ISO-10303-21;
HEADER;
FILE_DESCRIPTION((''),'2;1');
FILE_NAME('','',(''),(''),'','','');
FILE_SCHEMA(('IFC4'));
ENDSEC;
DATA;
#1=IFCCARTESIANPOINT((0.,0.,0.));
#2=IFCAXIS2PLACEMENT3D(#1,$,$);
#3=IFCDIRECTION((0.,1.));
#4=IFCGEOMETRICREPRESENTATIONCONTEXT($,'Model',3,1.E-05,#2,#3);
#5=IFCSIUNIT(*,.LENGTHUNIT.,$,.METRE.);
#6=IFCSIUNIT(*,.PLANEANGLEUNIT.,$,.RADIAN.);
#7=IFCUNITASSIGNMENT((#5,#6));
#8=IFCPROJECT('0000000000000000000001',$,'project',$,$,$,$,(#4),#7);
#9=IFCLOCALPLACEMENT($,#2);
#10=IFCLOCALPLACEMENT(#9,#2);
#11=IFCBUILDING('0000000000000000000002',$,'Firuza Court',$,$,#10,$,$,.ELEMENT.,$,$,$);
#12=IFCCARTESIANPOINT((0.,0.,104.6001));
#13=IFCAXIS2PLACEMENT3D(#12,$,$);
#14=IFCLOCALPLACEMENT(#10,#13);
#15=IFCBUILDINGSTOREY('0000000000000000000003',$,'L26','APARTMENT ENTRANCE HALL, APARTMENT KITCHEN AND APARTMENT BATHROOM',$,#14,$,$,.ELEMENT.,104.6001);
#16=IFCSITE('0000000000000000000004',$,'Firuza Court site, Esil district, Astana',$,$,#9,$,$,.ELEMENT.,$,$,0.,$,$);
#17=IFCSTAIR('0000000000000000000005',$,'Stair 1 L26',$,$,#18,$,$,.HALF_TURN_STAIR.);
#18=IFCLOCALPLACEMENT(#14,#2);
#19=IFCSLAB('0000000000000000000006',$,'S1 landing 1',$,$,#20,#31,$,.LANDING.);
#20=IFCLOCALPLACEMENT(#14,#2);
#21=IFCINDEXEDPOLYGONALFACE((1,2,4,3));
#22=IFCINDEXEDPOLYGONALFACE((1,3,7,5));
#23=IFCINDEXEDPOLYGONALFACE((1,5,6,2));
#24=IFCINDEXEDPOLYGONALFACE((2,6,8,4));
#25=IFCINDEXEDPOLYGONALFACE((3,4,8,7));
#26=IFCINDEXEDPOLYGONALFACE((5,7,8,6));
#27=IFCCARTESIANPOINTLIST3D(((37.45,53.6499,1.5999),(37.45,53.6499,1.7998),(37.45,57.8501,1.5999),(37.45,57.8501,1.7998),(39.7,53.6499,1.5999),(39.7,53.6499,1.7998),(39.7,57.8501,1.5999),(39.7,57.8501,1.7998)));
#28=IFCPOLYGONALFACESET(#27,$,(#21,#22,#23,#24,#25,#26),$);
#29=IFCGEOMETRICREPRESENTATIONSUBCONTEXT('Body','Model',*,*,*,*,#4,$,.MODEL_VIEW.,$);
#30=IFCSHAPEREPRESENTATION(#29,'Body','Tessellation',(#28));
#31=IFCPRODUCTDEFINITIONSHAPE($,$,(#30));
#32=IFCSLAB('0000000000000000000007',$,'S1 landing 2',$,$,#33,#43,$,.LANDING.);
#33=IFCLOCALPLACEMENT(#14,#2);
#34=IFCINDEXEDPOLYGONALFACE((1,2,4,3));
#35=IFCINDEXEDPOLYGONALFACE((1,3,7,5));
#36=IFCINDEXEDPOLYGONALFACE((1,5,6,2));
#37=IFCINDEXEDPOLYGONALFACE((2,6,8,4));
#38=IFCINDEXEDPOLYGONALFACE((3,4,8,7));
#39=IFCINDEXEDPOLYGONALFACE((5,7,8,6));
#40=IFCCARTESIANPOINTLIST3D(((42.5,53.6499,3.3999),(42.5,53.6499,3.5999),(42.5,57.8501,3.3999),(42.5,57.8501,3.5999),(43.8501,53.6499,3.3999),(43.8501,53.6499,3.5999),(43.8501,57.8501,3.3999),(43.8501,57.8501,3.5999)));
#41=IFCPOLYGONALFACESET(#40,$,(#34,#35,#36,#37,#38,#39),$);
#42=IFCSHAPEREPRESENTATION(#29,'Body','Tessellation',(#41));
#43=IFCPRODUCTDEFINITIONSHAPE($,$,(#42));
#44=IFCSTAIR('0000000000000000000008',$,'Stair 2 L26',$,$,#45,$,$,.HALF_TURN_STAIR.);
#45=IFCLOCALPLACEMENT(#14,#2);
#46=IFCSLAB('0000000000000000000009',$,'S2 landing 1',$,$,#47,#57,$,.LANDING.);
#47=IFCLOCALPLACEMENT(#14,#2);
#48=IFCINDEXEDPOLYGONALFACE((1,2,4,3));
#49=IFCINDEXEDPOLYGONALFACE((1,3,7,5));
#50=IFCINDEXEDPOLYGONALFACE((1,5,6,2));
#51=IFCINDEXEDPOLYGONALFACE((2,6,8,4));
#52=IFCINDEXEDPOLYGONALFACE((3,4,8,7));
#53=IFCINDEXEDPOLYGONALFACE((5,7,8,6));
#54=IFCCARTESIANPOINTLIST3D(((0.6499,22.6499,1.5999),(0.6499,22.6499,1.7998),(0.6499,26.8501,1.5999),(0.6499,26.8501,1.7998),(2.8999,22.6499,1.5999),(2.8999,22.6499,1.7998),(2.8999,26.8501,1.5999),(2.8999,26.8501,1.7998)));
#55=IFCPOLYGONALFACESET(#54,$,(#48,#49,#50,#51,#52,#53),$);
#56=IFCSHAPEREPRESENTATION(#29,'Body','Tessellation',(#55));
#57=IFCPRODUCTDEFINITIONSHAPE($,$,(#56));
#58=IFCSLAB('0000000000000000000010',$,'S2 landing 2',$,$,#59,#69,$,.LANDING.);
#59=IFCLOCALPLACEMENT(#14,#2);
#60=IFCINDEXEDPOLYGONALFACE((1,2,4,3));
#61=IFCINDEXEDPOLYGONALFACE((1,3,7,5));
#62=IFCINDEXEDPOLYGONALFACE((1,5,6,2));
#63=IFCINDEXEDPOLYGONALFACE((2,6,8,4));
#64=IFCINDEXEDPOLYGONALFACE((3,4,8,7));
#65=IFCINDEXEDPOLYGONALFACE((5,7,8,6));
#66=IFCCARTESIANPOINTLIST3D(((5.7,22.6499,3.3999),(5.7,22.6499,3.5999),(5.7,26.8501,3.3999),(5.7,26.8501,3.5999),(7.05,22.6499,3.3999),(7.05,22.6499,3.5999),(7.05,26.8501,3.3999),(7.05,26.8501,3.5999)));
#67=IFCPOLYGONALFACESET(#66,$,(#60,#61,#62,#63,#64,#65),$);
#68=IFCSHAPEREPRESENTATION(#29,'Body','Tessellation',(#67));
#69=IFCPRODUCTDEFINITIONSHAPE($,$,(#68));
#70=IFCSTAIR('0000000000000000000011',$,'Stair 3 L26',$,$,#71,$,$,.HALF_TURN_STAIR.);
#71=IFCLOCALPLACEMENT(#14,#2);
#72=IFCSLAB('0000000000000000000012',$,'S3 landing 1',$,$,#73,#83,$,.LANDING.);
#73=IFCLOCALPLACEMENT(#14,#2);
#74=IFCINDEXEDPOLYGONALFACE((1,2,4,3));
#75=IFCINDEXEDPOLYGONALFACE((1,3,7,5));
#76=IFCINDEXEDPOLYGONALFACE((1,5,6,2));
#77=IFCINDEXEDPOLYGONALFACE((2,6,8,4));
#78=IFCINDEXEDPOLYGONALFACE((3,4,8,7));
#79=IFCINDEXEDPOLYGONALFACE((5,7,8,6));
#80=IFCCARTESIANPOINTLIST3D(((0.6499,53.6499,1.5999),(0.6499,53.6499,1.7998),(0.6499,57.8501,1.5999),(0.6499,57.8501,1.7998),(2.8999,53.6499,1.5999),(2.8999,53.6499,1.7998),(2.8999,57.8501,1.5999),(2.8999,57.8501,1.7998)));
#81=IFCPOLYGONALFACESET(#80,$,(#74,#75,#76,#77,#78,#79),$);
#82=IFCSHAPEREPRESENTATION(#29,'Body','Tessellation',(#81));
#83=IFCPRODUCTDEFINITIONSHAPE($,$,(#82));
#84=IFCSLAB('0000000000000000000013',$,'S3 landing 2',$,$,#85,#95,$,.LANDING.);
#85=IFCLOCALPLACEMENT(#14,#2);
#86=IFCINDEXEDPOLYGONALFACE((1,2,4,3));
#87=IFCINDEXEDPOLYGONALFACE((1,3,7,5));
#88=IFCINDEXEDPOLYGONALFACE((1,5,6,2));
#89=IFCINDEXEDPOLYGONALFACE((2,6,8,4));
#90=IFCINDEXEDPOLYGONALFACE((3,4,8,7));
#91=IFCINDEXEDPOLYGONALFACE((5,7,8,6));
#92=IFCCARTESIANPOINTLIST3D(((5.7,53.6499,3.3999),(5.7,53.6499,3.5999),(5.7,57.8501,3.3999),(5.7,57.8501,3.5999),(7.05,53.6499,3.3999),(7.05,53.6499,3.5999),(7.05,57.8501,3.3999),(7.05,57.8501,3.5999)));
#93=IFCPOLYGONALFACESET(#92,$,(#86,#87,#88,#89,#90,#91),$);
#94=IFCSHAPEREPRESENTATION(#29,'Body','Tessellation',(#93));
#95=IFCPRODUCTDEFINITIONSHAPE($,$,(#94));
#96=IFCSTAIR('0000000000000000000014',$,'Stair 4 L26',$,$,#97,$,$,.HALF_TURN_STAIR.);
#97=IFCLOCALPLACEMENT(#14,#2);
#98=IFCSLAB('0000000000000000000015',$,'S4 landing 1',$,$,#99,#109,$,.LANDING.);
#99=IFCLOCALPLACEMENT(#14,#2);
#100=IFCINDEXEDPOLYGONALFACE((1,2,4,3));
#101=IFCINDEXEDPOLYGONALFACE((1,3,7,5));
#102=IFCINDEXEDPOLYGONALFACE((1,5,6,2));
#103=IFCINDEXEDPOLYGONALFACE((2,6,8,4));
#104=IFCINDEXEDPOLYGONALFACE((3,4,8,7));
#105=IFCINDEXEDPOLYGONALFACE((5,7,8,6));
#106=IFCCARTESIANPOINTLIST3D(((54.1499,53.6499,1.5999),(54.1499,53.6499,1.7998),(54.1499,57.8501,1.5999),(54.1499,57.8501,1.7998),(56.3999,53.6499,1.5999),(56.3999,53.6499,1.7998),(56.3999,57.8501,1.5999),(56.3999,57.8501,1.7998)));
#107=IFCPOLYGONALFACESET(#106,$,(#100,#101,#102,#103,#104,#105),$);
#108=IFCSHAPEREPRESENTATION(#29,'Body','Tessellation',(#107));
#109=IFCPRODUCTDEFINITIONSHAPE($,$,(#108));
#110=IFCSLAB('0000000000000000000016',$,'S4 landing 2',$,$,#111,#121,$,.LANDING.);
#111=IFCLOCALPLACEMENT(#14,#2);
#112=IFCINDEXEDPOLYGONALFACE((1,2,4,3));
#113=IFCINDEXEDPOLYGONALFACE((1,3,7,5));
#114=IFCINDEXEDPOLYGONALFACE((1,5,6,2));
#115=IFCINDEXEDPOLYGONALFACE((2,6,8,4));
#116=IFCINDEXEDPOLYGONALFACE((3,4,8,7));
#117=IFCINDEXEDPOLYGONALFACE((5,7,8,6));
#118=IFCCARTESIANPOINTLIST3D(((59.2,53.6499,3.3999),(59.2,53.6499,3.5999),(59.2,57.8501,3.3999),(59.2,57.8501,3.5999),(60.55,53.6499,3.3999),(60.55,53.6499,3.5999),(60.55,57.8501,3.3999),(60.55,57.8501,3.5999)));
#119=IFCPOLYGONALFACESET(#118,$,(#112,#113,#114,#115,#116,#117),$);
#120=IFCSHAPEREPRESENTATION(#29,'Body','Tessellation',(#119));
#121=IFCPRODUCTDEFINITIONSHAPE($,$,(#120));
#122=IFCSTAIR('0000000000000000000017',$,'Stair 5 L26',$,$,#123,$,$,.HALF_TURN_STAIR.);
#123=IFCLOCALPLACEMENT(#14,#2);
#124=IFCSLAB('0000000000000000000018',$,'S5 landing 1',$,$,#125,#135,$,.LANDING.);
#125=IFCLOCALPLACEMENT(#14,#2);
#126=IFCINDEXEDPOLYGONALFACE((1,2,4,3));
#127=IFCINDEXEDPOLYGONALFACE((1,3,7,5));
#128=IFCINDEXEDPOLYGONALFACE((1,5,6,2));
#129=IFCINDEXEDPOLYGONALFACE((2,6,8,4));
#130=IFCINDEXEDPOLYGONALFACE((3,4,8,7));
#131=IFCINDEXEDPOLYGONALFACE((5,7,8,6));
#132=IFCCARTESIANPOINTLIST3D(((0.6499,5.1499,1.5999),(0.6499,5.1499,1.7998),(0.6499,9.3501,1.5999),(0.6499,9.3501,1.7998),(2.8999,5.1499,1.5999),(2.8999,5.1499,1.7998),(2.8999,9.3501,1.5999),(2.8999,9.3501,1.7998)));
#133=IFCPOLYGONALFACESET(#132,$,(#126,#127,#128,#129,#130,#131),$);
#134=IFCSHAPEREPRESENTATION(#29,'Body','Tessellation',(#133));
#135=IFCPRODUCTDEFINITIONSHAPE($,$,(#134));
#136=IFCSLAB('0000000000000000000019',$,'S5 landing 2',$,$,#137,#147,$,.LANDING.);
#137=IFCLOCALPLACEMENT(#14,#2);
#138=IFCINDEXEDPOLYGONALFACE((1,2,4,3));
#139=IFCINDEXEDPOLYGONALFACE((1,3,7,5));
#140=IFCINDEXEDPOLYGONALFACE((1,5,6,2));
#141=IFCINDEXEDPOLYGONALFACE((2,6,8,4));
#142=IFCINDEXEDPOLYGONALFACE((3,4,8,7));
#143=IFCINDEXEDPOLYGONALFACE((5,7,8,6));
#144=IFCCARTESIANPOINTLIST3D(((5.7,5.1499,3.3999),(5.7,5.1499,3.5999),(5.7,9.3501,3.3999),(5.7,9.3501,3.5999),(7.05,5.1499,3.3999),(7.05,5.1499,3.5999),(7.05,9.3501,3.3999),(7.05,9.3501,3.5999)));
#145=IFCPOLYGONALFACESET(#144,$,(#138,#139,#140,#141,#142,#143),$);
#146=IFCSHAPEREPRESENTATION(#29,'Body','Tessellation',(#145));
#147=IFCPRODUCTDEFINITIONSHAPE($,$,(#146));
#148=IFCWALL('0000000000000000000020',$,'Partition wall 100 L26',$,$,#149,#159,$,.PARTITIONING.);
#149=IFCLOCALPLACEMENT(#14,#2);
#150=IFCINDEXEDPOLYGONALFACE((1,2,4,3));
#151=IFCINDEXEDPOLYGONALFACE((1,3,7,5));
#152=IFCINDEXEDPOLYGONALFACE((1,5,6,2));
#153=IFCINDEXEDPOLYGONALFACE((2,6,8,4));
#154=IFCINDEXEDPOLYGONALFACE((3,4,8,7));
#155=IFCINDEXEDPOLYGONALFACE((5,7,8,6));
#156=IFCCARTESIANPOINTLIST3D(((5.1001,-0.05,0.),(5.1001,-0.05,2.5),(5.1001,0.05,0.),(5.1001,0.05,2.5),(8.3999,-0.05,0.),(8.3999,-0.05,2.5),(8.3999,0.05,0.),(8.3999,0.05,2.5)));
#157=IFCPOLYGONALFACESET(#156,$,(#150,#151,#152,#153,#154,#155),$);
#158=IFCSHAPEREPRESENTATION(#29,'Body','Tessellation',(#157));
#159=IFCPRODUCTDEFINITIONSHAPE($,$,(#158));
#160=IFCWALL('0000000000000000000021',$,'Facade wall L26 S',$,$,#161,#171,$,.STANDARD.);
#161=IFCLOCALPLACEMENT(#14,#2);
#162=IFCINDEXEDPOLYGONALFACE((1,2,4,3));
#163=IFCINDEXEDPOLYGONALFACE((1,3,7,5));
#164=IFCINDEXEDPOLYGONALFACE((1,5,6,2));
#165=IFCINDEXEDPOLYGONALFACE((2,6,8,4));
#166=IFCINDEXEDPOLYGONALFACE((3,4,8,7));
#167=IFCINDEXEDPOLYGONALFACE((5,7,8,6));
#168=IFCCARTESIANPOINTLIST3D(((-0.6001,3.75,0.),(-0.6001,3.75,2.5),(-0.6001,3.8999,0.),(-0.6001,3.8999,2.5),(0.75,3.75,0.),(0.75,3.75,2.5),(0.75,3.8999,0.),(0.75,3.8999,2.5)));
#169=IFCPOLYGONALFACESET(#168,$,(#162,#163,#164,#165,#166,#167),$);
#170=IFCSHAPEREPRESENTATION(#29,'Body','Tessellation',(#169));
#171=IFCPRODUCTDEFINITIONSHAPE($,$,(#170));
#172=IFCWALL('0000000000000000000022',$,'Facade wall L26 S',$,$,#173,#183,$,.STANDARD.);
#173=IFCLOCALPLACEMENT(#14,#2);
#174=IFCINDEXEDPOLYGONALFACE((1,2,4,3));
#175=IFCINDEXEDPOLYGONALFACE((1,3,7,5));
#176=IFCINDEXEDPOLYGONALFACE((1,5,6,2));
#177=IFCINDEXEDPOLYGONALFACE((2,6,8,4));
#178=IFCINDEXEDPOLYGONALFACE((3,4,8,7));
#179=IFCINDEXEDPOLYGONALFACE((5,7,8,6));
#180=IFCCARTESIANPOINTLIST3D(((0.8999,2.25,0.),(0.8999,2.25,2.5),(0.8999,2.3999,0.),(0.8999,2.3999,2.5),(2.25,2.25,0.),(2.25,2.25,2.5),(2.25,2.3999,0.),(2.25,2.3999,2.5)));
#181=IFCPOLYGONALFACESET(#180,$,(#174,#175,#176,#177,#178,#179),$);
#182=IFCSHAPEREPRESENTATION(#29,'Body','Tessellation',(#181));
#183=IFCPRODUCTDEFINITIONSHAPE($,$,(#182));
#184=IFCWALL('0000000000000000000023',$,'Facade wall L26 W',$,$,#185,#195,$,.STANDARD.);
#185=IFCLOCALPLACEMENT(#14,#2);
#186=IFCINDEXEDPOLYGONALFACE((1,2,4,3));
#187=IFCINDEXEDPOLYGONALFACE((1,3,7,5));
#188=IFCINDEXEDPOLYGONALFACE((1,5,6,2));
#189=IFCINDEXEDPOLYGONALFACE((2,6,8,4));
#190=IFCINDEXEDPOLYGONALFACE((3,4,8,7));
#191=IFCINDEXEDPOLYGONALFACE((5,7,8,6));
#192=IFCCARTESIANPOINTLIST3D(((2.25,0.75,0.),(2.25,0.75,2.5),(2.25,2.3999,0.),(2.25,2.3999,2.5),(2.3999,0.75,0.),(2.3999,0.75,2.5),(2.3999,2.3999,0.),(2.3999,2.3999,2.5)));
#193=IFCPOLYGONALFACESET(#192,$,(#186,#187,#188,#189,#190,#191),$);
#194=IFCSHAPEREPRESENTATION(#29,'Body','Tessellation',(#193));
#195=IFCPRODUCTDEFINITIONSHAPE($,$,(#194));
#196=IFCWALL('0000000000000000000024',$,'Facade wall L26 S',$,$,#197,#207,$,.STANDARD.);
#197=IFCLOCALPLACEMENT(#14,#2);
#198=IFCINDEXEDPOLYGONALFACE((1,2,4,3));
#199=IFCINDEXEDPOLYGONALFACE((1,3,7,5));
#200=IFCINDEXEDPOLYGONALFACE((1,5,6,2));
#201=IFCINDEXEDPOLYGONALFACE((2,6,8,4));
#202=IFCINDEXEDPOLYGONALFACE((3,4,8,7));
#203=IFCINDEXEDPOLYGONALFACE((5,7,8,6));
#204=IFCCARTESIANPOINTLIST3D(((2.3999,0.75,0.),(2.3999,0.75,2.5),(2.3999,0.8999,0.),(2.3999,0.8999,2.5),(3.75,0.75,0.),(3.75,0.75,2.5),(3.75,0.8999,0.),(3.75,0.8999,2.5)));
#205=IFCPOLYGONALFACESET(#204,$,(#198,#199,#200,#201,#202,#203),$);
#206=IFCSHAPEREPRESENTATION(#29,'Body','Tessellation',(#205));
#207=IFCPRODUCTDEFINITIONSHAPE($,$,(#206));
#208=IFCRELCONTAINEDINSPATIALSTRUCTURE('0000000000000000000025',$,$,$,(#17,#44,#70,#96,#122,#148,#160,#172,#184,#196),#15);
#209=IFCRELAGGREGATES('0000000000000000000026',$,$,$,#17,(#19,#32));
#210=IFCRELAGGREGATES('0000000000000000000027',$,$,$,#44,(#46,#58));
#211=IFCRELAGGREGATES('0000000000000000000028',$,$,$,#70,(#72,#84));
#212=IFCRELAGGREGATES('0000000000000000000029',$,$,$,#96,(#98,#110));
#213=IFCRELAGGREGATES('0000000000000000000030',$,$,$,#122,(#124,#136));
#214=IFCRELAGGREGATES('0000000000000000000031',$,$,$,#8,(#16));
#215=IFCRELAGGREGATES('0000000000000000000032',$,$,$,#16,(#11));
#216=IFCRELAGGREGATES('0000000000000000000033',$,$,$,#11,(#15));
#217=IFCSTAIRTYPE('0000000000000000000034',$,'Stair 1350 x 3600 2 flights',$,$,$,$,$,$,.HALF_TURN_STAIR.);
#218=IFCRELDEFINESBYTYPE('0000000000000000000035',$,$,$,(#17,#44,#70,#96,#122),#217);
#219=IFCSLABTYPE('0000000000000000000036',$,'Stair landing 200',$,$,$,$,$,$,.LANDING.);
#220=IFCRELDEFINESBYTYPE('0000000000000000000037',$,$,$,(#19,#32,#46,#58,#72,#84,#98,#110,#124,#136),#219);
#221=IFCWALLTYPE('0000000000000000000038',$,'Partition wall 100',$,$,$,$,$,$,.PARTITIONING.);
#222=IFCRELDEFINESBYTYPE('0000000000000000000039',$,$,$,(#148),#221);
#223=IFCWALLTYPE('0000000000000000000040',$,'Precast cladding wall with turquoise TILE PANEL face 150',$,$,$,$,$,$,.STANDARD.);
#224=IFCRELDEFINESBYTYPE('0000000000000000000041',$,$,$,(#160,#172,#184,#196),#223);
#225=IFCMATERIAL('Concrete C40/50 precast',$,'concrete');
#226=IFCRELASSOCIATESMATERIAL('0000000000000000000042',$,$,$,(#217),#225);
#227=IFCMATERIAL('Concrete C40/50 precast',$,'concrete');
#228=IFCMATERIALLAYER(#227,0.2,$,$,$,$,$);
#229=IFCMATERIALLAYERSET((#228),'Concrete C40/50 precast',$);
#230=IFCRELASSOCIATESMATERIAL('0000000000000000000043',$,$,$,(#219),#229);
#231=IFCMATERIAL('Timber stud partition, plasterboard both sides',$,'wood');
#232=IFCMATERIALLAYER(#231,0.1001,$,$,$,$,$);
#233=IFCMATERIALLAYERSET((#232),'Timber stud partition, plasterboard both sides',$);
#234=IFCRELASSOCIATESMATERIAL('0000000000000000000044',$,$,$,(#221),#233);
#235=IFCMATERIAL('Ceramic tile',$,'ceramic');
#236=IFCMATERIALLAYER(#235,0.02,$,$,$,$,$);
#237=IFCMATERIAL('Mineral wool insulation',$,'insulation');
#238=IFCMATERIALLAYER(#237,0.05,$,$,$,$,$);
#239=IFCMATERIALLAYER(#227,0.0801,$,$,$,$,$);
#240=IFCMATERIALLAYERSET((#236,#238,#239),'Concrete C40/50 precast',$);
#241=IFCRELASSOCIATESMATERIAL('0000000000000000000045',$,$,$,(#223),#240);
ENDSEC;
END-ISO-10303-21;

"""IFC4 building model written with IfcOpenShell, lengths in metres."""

from ifc_helpers import new_model, si_unit, direction, frame, frame_2d, origin, place, context, subcontext, project, spatial, polyline, rectangle, outline, extrude, material, layer, layer_set, type_object, element, aggregate, save


model = new_model("IFC4")

# Units and contexts
model_context = context("Model", 3, precision=1e-05, world=origin(), true_north=direction((0.0, 1.0)))
body_context = subcontext(model_context, "Body", "Model", "MODEL_VIEW")
ifc_project = project(units=[si_unit("LENGTHUNIT", "METRE"), si_unit("PLANEANGLEUNIT", "RADIAN")], contexts=[model_context])

# Site, building, storey
site_placement = place(None, origin())
site = spatial("IfcSite", under=ifc_project, at=site_placement, Name="Firuza Court site, Esil district, Astana", CompositionType="ELEMENT", RefElevation=0.0)
building_placement = place(site_placement, origin())
building = spatial("IfcBuilding", under=site, at=building_placement, Name="Firuza Court", CompositionType="ELEMENT")
storey_placement = place(building_placement, frame((0.0, 0.0, 104.6001)))
storey = spatial("IfcBuildingStorey", under=building, at=storey_placement, Name="L26", Description="APARTMENT ENTRANCE HALL, APARTMENT KITCHEN AND APARTMENT BATHROOM", CompositionType="ELEMENT", Elevation=104.6001)

# Stairs, slabs
ifc_material_1 = material(Name="Concrete C40/50 precast", Category="concrete")
stair_type = type_object("IfcStairType", Name="Stair 1350 x 3600 2 flights", PredefinedType="HALF_TURN_STAIR", material=ifc_material_1)
stair_1_placement = place(storey_placement, origin())
stair_1 = element("IfcStair", 1, at=stair_1_placement, inside=storey, type_object=stair_type, Name="Stair 1 L26", PredefinedType="HALF_TURN_STAIR")
ifc_material_2 = material(Name="Concrete C40/50 precast", Category="concrete")
ifc_layer_1 = layer(ifc_material_2, 0.2)
ifc_layer_set_1 = layer_set([ifc_layer_1], Name="Concrete C40/50 precast")
slab_type_1 = type_object("IfcSlabType", Name="Stair landing 200", PredefinedType="LANDING", material=ifc_layer_set_1)
slab_1_placement = place(storey_placement, frame((0.0, 0.0, 1.5999)))
slab_1 = element("IfcSlab", 2, at=slab_1_placement, type_object=slab_type_1, Name="S1 landing 1", PredefinedType="LANDING", context=body_context, shape_type="SweptSolid", body=[
    extrude(outline(polyline([(39.7, 53.6499), (39.7, 57.8501), (37.45, 57.8501), (37.45, 53.6499), (39.7, 53.6499)])), origin(), (0.0, 0.0, 1.0), 0.2),
])
slab_2_placement = place(storey_placement, frame((0.0, 0.0, 3.3999)))
slab_2 = element("IfcSlab", 3, at=slab_2_placement, type_object=slab_type_1, Name="S1 landing 2", PredefinedType="LANDING", context=body_context, shape_type="SweptSolid", body=[
    extrude(outline(polyline([(43.8501, 53.6499), (43.8501, 57.8501), (42.5, 57.8501), (42.5, 53.6499), (43.8501, 53.6499)])), origin(), (0.0, 0.0, 1.0), 0.2),
])
aggregate(stair_1, [slab_1, slab_2])
stair_2_placement = place(storey_placement, origin())
stair_2 = element("IfcStair", 4, at=stair_2_placement, inside=storey, type_object=stair_type, Name="Stair 2 L26", PredefinedType="HALF_TURN_STAIR")
slab_3_placement = place(storey_placement, frame((0.0, 0.0, 1.5999)))
slab_3 = element("IfcSlab", 5, at=slab_3_placement, type_object=slab_type_1, Name="S2 landing 1", PredefinedType="LANDING", context=body_context, shape_type="SweptSolid", body=[
    extrude(outline(polyline([(2.8999, 22.6499), (2.8999, 26.8501), (0.6499, 26.8501), (0.6499, 22.6499), (2.8999, 22.6499)])), origin(), (0.0, 0.0, 1.0), 0.2),
])
slab_4_placement = place(storey_placement, frame((0.0, 0.0, 3.3999)))
slab_4 = element("IfcSlab", 6, at=slab_4_placement, type_object=slab_type_1, Name="S2 landing 2", PredefinedType="LANDING", context=body_context, shape_type="SweptSolid", body=[
    extrude(outline(polyline([(7.05, 22.6499), (7.05, 26.8501), (5.7, 26.8501), (5.7, 22.6499), (7.05, 22.6499)])), origin(), (0.0, 0.0, 1.0), 0.2),
])
aggregate(stair_2, [slab_3, slab_4])
stair_3_placement = place(storey_placement, origin())
stair_3 = element("IfcStair", 7, at=stair_3_placement, inside=storey, type_object=stair_type, Name="Stair 3 L26", PredefinedType="HALF_TURN_STAIR")
slab_5_placement = place(storey_placement, frame((0.0, 0.0, 1.5999)))
slab_5 = element("IfcSlab", 8, at=slab_5_placement, type_object=slab_type_1, Name="S3 landing 1", PredefinedType="LANDING", context=body_context, shape_type="SweptSolid", body=[
    extrude(outline(polyline([(2.8999, 53.6499), (2.8999, 57.8501), (0.6499, 57.8501), (0.6499, 53.6499), (2.8999, 53.6499)])), origin(), (0.0, 0.0, 1.0), 0.2),
])
slab_6_placement = place(storey_placement, frame((0.0, 0.0, 3.3999)))
slab_6 = element("IfcSlab", 9, at=slab_6_placement, type_object=slab_type_1, Name="S3 landing 2", PredefinedType="LANDING", context=body_context, shape_type="SweptSolid", body=[
    extrude(outline(polyline([(7.05, 53.6499), (7.05, 57.8501), (5.7, 57.8501), (5.7, 53.6499), (7.05, 53.6499)])), origin(), (0.0, 0.0, 1.0), 0.2),
])
aggregate(stair_3, [slab_5, slab_6])
stair_4_placement = place(storey_placement, origin())
stair_4 = element("IfcStair", 10, at=stair_4_placement, inside=storey, type_object=stair_type, Name="Stair 4 L26", PredefinedType="HALF_TURN_STAIR")
slab_7_placement = place(storey_placement, frame((0.0, 0.0, 1.5999)))
slab_7 = element("IfcSlab", 11, at=slab_7_placement, type_object=slab_type_1, Name="S4 landing 1", PredefinedType="LANDING", context=body_context, shape_type="SweptSolid", body=[
    extrude(outline(polyline([(56.3999, 53.6499), (56.3999, 57.8501), (54.1499, 57.8501), (54.1499, 53.6499), (56.3999, 53.6499)])), origin(), (0.0, 0.0, 1.0), 0.2),
])
slab_8_placement = place(storey_placement, frame((0.0, 0.0, 3.3999)))
slab_8 = element("IfcSlab", 12, at=slab_8_placement, type_object=slab_type_1, Name="S4 landing 2", PredefinedType="LANDING", context=body_context, shape_type="SweptSolid", body=[
    extrude(outline(polyline([(60.55, 53.6499), (60.55, 57.8501), (59.2, 57.8501), (59.2, 53.6499), (60.55, 53.6499)])), origin(), (0.0, 0.0, 1.0), 0.2),
])
aggregate(stair_4, [slab_7, slab_8])
stair_5_placement = place(storey_placement, origin())
stair_5 = element("IfcStair", 13, at=stair_5_placement, inside=storey, type_object=stair_type, Name="Stair 5 L26", PredefinedType="HALF_TURN_STAIR")
slab_9_placement = place(storey_placement, frame((0.0, 0.0, 1.5999)))
slab_9 = element("IfcSlab", 14, at=slab_9_placement, type_object=slab_type_1, Name="S5 landing 1", PredefinedType="LANDING", context=body_context, shape_type="SweptSolid", body=[
    extrude(outline(polyline([(2.8999, 5.1499), (2.8999, 9.3501), (0.6499, 9.3501), (0.6499, 5.1499), (2.8999, 5.1499)])), origin(), (0.0, 0.0, 1.0), 0.2),
])
slab_10_placement = place(storey_placement, frame((0.0, 0.0, 3.3999)))
slab_10 = element("IfcSlab", 15, at=slab_10_placement, type_object=slab_type_1, Name="S5 landing 2", PredefinedType="LANDING", context=body_context, shape_type="SweptSolid", body=[
    extrude(outline(polyline([(7.05, 5.1499), (7.05, 9.3501), (5.7, 9.3501), (5.7, 5.1499), (7.05, 5.1499)])), origin(), (0.0, 0.0, 1.0), 0.2),
])
aggregate(stair_5, [slab_9, slab_10])

# Walls
ifc_material_3 = material(Name="Timber stud partition, plasterboard both sides", Category="wood")
ifc_layer_2 = layer(ifc_material_3, 0.1001)
ifc_layer_set_2 = layer_set([ifc_layer_2], Name="Timber stud partition, plasterboard both sides")
wall_type_1 = type_object("IfcWallType", Name="Partition wall 100", PredefinedType="PARTITIONING", material=ifc_layer_set_2)
wall_1_placement = place(storey_placement, frame((5.1001, 0.0, 0.0), z_axis=(0.0, 0.0, 1.0), x_axis=(1.0, 0.0, 0.0)))
element("IfcWall", 16, at=wall_1_placement, inside=storey, type_object=wall_type_1, Name="Partition wall 100 L26", PredefinedType="PARTITIONING", context=body_context, shape_type="SweptSolid", body=[
    extrude(rectangle(XDim=3.2998, YDim=0.1001, at=frame_2d((1.6499, 0.0))), origin(), (0.0, 0.0, 1.0), 2.5),
])
ifc_material_4 = material(Name="Ceramic tile", Category="ceramic")
ifc_layer_3 = layer(ifc_material_4, 0.02)
ifc_material_5 = material(Name="Mineral wool insulation", Category="insulation")
ifc_layer_4 = layer(ifc_material_5, 0.05)
ifc_layer_5 = layer(ifc_material_2, 0.0801)
ifc_layer_set_3 = layer_set([ifc_layer_3, ifc_layer_4, ifc_layer_5], Name="Concrete C40/50 precast")
wall_type_2 = type_object("IfcWallType", Name="Precast cladding wall with turquoise TILE PANEL face 150", PredefinedType="STANDARD", material=ifc_layer_set_3)
for number, where, z_axis, x_axis, name in (
    (17, (-0.6001, 3.825, 0.0), (0.0, 0.0, 1.0), (1.0, 0.0, 0.0), "Facade wall L26 S"),
    (18, (0.8999, 2.325, 0.0), (0.0, 0.0, 1.0), (1.0, 0.0, 0.0), "Facade wall L26 S"),
):
    element("IfcWall", number, at=place(storey_placement, frame(where, z_axis=z_axis, x_axis=x_axis)), inside=storey, type_object=wall_type_2, Name=name, PredefinedType="STANDARD", context=body_context, shape_type="SweptSolid", body=[
        extrude(rectangle(XDim=1.3501, YDim=0.1499, at=frame_2d((0.675, 0.0))), origin(), (0.0, 0.0, 1.0), 2.5),
    ])
wall_2_placement = place(storey_placement, frame((2.325, 2.3999, 0.0), z_axis=(0.0, 0.0, 1.0), x_axis=(0.0, -1.0, 0.0)))
element("IfcWall", 19, at=wall_2_placement, inside=storey, type_object=wall_type_2, Name="Facade wall L26 W", PredefinedType="STANDARD", context=body_context, shape_type="SweptSolid", body=[
    extrude(rectangle(XDim=1.6499, YDim=0.1499, at=frame_2d((0.825, 0.0))), origin(), (0.0, 0.0, 1.0), 2.5),
])
wall_3_placement = place(storey_placement, frame((2.3999, 0.825, 0.0), z_axis=(0.0, 0.0, 1.0), x_axis=(1.0, 0.0, 0.0)))
element("IfcWall", 20, at=wall_3_placement, inside=storey, type_object=wall_type_2, Name="Facade wall L26 S", PredefinedType="STANDARD", context=body_context, shape_type="SweptSolid", body=[
    extrude(rectangle(XDim=1.3501, YDim=0.1499, at=frame_2d((0.675, 0.0))), origin(), (0.0, 0.0, 1.0), 2.5),
])

save(model, "model.ifc")
